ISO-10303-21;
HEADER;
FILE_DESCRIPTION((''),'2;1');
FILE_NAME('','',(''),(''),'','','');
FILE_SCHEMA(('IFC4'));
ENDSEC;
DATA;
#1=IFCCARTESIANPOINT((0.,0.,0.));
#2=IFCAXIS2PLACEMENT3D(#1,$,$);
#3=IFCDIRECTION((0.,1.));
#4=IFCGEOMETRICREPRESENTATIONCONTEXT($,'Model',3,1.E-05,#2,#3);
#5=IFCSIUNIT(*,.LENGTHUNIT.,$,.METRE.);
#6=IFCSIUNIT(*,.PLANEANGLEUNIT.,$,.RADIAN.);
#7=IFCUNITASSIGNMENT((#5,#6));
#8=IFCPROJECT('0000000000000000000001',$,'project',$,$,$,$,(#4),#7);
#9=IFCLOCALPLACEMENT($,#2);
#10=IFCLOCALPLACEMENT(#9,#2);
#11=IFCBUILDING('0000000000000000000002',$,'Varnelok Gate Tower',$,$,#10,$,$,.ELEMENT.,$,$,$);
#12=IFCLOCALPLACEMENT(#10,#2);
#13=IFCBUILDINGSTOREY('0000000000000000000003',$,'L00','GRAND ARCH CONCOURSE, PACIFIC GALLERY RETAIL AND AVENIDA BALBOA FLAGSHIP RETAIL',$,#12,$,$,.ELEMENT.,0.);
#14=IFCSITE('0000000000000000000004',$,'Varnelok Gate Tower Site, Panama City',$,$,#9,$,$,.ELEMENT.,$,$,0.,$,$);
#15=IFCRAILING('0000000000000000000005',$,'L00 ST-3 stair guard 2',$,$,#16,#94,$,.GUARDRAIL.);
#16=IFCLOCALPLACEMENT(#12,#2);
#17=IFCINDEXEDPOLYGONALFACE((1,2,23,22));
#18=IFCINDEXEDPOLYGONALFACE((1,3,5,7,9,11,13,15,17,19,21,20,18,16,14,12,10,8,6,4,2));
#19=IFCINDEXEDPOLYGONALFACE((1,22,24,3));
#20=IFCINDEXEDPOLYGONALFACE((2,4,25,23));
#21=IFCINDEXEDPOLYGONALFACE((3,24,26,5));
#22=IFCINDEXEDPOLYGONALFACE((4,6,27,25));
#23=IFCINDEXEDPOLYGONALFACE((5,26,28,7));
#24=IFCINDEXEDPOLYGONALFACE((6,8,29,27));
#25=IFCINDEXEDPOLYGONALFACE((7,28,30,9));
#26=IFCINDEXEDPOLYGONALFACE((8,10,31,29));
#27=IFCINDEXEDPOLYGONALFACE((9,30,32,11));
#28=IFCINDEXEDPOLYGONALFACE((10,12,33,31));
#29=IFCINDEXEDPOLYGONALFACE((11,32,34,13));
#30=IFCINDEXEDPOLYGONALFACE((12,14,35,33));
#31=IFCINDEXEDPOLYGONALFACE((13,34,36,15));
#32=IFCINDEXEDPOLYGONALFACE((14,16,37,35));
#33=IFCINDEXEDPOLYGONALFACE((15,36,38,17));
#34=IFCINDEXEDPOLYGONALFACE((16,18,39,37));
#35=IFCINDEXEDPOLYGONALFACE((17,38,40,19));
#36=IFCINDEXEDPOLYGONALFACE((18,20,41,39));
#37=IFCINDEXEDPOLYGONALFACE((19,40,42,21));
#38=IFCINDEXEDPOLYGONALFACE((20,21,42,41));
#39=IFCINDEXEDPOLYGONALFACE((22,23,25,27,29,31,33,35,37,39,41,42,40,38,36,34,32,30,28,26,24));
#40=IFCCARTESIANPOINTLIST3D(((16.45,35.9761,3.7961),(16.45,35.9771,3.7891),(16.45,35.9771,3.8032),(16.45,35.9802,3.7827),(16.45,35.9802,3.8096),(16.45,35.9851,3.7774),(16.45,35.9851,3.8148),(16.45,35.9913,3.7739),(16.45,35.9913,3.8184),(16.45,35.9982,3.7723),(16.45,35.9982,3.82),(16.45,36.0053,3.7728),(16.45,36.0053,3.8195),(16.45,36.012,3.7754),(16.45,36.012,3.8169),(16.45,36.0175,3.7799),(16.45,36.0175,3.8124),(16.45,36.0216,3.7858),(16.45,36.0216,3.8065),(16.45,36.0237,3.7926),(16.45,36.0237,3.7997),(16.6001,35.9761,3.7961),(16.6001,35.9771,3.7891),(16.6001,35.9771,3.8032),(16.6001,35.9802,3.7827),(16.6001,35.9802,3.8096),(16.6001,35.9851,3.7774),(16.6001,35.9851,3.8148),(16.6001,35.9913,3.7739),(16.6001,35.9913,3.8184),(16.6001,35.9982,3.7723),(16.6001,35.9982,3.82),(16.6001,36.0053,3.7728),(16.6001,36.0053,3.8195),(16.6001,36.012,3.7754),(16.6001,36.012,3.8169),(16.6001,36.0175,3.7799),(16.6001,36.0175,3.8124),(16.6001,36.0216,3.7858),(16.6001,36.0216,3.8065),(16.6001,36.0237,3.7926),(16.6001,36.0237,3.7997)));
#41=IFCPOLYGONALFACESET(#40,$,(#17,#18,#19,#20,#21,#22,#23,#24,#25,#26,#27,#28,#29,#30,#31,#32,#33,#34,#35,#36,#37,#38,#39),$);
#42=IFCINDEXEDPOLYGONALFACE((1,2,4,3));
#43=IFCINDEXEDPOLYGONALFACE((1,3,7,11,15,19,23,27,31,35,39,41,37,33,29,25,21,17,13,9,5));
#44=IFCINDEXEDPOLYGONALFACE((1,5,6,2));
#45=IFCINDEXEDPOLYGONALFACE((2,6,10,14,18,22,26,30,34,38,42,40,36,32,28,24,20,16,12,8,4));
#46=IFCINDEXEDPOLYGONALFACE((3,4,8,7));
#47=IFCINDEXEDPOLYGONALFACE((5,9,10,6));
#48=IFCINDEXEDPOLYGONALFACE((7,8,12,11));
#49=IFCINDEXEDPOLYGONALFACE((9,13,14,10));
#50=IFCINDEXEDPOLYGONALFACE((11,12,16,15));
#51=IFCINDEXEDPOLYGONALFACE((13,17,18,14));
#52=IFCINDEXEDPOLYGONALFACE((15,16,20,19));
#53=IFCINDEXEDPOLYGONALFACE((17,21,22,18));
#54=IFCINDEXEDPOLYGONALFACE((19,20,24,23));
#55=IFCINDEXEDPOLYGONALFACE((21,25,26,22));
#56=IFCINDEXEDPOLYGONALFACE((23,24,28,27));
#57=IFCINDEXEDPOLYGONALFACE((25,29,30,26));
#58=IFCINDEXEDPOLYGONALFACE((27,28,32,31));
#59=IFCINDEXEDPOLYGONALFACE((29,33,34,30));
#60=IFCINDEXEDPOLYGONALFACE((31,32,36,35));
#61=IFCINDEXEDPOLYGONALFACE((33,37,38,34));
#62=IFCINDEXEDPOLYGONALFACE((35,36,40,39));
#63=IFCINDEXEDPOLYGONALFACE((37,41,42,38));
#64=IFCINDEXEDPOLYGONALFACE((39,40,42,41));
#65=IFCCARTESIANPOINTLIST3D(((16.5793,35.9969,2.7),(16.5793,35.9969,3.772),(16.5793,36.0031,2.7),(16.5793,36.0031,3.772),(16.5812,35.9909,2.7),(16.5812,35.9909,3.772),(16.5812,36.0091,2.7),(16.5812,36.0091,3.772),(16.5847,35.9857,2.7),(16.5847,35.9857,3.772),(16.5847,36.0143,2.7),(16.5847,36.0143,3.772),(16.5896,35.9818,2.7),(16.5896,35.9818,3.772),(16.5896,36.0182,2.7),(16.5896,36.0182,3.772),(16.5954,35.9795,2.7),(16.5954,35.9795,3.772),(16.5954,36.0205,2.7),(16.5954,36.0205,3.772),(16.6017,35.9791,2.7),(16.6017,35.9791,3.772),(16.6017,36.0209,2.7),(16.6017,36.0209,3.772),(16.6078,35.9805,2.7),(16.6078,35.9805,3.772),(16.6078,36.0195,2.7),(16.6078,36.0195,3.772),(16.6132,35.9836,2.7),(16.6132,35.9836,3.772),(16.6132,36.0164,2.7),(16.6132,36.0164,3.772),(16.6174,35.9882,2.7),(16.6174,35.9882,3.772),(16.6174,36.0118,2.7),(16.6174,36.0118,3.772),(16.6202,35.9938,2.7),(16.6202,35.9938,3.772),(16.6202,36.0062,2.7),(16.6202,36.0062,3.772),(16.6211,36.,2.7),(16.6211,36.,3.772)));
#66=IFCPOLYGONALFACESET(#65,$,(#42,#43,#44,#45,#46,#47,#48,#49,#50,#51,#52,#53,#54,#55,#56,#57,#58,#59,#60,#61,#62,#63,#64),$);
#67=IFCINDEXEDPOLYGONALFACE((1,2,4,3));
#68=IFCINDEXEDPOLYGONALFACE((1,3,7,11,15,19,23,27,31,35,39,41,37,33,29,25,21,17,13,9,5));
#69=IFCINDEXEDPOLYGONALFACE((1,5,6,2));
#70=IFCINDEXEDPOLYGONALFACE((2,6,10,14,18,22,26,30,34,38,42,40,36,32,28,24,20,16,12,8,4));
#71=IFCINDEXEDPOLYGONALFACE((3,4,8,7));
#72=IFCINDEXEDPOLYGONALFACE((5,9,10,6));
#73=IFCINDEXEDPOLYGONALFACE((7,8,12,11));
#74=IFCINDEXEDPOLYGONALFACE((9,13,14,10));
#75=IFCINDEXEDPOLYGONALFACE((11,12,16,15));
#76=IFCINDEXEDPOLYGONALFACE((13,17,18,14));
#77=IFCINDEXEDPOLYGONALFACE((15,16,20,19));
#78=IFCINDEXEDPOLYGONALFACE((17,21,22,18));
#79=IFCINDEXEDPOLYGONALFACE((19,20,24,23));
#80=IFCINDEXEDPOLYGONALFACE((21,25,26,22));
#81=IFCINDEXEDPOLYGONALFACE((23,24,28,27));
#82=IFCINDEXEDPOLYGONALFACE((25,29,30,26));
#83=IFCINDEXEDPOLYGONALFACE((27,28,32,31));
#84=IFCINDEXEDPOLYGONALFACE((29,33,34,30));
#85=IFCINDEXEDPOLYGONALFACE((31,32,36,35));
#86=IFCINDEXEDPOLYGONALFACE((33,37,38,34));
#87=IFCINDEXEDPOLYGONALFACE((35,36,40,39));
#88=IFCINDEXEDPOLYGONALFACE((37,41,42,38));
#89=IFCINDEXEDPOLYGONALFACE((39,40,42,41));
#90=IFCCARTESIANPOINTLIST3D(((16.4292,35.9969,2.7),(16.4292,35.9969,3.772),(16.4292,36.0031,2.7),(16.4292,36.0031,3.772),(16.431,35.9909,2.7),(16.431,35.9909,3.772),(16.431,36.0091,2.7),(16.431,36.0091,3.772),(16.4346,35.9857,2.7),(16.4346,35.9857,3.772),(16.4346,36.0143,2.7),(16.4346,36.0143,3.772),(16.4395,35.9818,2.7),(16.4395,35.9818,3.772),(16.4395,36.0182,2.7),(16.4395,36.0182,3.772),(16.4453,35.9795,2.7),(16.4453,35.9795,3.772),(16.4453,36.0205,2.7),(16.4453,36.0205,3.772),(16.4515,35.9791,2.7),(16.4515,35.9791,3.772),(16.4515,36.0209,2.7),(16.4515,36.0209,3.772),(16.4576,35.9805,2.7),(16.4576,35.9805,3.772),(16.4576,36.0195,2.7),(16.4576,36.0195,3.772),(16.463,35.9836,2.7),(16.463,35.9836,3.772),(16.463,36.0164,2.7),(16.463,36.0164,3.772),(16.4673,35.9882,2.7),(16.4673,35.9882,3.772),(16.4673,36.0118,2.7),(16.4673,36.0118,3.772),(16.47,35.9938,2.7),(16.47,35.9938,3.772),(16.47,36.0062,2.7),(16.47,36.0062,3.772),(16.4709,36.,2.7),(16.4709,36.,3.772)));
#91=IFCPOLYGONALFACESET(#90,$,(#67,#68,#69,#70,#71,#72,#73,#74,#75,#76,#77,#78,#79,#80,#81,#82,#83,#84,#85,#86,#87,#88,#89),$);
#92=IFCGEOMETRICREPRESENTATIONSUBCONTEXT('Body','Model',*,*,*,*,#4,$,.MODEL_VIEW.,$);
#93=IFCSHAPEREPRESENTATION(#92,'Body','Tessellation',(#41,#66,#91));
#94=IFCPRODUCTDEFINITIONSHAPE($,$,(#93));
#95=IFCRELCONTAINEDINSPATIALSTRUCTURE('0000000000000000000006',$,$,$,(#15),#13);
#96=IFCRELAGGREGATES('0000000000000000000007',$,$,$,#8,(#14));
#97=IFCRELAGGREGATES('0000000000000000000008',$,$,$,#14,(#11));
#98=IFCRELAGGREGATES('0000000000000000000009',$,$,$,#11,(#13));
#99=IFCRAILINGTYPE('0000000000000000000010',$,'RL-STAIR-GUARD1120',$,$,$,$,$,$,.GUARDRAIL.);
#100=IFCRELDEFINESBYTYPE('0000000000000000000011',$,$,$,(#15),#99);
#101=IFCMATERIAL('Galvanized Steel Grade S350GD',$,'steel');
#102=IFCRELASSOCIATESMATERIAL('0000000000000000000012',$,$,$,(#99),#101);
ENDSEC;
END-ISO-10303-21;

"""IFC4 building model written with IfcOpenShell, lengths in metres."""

from ifc_helpers import new_model, si_unit, direction, frame, origin, origin_2d, place, context, subcontext, project, spatial, circle, extrude, material, type_object, element, save


model = new_model("IFC4")

# Units and contexts
model_context = context("Model", 3, precision=1e-05, world=origin(), true_north=direction((0.0, 1.0)))
body_context = subcontext(model_context, "Body", "Model", "MODEL_VIEW")
ifc_project = project(units=[si_unit("LENGTHUNIT", "METRE"), si_unit("PLANEANGLEUNIT", "RADIAN")], contexts=[model_context])

# Site, building, storey
site_placement = place(None, origin())
site = spatial("IfcSite", under=ifc_project, at=site_placement, Name="Varnelok Gate Tower Site, Panama City", CompositionType="ELEMENT", RefElevation=0.0)
building_placement = place(site_placement, origin())
building = spatial("IfcBuilding", under=site, at=building_placement, Name="Varnelok Gate Tower", CompositionType="ELEMENT")
storey_placement = place(building_placement, origin())
storey = spatial("IfcBuildingStorey", under=building, at=storey_placement, Name="L00", Description="GRAND ARCH CONCOURSE, PACIFIC GALLERY RETAIL AND AVENIDA BALBOA FLAGSHIP RETAIL", CompositionType="ELEMENT", Elevation=0.0)

# Shared definitions
ifc_material_1 = material(Name="Galvanized Steel Grade S350GD", Category="steel")

# Railing
railing_type_1 = type_object("IfcRailingType", Name="RL-STAIR-GUARD1120", PredefinedType="GUARDRAIL", material=ifc_material_1)
railing_placement = place(storey_placement, frame((16.6001, 36.0, 2.7)))
element("IfcRailing", 1, at=railing_placement, inside=storey, type_object=railing_type_1, Name="L00 ST-3 stair guard 2", PredefinedType="GUARDRAIL", context=body_context, shape_type="SweptSolid", body=[
    extrude(circle(Radius=0.0239, at=origin_2d()), frame((0.0, 0.0, 1.0962), z_axis=(-1.0, 0.0, 0.0), x_axis=(0.0, -1.0, 0.0)), (0.0, 0.0, 1.0), 0.1501),
    extrude(circle(Radius=0.021, at=origin_2d()), origin(), (0.0, 0.0, 1.0), 1.072),
    extrude(circle(Radius=0.021, at=origin_2d()), frame((-0.1501, 0.0, 0.0)), (0.0, 0.0, 1.0), 1.072),
])

save(model, "model.ifc")
